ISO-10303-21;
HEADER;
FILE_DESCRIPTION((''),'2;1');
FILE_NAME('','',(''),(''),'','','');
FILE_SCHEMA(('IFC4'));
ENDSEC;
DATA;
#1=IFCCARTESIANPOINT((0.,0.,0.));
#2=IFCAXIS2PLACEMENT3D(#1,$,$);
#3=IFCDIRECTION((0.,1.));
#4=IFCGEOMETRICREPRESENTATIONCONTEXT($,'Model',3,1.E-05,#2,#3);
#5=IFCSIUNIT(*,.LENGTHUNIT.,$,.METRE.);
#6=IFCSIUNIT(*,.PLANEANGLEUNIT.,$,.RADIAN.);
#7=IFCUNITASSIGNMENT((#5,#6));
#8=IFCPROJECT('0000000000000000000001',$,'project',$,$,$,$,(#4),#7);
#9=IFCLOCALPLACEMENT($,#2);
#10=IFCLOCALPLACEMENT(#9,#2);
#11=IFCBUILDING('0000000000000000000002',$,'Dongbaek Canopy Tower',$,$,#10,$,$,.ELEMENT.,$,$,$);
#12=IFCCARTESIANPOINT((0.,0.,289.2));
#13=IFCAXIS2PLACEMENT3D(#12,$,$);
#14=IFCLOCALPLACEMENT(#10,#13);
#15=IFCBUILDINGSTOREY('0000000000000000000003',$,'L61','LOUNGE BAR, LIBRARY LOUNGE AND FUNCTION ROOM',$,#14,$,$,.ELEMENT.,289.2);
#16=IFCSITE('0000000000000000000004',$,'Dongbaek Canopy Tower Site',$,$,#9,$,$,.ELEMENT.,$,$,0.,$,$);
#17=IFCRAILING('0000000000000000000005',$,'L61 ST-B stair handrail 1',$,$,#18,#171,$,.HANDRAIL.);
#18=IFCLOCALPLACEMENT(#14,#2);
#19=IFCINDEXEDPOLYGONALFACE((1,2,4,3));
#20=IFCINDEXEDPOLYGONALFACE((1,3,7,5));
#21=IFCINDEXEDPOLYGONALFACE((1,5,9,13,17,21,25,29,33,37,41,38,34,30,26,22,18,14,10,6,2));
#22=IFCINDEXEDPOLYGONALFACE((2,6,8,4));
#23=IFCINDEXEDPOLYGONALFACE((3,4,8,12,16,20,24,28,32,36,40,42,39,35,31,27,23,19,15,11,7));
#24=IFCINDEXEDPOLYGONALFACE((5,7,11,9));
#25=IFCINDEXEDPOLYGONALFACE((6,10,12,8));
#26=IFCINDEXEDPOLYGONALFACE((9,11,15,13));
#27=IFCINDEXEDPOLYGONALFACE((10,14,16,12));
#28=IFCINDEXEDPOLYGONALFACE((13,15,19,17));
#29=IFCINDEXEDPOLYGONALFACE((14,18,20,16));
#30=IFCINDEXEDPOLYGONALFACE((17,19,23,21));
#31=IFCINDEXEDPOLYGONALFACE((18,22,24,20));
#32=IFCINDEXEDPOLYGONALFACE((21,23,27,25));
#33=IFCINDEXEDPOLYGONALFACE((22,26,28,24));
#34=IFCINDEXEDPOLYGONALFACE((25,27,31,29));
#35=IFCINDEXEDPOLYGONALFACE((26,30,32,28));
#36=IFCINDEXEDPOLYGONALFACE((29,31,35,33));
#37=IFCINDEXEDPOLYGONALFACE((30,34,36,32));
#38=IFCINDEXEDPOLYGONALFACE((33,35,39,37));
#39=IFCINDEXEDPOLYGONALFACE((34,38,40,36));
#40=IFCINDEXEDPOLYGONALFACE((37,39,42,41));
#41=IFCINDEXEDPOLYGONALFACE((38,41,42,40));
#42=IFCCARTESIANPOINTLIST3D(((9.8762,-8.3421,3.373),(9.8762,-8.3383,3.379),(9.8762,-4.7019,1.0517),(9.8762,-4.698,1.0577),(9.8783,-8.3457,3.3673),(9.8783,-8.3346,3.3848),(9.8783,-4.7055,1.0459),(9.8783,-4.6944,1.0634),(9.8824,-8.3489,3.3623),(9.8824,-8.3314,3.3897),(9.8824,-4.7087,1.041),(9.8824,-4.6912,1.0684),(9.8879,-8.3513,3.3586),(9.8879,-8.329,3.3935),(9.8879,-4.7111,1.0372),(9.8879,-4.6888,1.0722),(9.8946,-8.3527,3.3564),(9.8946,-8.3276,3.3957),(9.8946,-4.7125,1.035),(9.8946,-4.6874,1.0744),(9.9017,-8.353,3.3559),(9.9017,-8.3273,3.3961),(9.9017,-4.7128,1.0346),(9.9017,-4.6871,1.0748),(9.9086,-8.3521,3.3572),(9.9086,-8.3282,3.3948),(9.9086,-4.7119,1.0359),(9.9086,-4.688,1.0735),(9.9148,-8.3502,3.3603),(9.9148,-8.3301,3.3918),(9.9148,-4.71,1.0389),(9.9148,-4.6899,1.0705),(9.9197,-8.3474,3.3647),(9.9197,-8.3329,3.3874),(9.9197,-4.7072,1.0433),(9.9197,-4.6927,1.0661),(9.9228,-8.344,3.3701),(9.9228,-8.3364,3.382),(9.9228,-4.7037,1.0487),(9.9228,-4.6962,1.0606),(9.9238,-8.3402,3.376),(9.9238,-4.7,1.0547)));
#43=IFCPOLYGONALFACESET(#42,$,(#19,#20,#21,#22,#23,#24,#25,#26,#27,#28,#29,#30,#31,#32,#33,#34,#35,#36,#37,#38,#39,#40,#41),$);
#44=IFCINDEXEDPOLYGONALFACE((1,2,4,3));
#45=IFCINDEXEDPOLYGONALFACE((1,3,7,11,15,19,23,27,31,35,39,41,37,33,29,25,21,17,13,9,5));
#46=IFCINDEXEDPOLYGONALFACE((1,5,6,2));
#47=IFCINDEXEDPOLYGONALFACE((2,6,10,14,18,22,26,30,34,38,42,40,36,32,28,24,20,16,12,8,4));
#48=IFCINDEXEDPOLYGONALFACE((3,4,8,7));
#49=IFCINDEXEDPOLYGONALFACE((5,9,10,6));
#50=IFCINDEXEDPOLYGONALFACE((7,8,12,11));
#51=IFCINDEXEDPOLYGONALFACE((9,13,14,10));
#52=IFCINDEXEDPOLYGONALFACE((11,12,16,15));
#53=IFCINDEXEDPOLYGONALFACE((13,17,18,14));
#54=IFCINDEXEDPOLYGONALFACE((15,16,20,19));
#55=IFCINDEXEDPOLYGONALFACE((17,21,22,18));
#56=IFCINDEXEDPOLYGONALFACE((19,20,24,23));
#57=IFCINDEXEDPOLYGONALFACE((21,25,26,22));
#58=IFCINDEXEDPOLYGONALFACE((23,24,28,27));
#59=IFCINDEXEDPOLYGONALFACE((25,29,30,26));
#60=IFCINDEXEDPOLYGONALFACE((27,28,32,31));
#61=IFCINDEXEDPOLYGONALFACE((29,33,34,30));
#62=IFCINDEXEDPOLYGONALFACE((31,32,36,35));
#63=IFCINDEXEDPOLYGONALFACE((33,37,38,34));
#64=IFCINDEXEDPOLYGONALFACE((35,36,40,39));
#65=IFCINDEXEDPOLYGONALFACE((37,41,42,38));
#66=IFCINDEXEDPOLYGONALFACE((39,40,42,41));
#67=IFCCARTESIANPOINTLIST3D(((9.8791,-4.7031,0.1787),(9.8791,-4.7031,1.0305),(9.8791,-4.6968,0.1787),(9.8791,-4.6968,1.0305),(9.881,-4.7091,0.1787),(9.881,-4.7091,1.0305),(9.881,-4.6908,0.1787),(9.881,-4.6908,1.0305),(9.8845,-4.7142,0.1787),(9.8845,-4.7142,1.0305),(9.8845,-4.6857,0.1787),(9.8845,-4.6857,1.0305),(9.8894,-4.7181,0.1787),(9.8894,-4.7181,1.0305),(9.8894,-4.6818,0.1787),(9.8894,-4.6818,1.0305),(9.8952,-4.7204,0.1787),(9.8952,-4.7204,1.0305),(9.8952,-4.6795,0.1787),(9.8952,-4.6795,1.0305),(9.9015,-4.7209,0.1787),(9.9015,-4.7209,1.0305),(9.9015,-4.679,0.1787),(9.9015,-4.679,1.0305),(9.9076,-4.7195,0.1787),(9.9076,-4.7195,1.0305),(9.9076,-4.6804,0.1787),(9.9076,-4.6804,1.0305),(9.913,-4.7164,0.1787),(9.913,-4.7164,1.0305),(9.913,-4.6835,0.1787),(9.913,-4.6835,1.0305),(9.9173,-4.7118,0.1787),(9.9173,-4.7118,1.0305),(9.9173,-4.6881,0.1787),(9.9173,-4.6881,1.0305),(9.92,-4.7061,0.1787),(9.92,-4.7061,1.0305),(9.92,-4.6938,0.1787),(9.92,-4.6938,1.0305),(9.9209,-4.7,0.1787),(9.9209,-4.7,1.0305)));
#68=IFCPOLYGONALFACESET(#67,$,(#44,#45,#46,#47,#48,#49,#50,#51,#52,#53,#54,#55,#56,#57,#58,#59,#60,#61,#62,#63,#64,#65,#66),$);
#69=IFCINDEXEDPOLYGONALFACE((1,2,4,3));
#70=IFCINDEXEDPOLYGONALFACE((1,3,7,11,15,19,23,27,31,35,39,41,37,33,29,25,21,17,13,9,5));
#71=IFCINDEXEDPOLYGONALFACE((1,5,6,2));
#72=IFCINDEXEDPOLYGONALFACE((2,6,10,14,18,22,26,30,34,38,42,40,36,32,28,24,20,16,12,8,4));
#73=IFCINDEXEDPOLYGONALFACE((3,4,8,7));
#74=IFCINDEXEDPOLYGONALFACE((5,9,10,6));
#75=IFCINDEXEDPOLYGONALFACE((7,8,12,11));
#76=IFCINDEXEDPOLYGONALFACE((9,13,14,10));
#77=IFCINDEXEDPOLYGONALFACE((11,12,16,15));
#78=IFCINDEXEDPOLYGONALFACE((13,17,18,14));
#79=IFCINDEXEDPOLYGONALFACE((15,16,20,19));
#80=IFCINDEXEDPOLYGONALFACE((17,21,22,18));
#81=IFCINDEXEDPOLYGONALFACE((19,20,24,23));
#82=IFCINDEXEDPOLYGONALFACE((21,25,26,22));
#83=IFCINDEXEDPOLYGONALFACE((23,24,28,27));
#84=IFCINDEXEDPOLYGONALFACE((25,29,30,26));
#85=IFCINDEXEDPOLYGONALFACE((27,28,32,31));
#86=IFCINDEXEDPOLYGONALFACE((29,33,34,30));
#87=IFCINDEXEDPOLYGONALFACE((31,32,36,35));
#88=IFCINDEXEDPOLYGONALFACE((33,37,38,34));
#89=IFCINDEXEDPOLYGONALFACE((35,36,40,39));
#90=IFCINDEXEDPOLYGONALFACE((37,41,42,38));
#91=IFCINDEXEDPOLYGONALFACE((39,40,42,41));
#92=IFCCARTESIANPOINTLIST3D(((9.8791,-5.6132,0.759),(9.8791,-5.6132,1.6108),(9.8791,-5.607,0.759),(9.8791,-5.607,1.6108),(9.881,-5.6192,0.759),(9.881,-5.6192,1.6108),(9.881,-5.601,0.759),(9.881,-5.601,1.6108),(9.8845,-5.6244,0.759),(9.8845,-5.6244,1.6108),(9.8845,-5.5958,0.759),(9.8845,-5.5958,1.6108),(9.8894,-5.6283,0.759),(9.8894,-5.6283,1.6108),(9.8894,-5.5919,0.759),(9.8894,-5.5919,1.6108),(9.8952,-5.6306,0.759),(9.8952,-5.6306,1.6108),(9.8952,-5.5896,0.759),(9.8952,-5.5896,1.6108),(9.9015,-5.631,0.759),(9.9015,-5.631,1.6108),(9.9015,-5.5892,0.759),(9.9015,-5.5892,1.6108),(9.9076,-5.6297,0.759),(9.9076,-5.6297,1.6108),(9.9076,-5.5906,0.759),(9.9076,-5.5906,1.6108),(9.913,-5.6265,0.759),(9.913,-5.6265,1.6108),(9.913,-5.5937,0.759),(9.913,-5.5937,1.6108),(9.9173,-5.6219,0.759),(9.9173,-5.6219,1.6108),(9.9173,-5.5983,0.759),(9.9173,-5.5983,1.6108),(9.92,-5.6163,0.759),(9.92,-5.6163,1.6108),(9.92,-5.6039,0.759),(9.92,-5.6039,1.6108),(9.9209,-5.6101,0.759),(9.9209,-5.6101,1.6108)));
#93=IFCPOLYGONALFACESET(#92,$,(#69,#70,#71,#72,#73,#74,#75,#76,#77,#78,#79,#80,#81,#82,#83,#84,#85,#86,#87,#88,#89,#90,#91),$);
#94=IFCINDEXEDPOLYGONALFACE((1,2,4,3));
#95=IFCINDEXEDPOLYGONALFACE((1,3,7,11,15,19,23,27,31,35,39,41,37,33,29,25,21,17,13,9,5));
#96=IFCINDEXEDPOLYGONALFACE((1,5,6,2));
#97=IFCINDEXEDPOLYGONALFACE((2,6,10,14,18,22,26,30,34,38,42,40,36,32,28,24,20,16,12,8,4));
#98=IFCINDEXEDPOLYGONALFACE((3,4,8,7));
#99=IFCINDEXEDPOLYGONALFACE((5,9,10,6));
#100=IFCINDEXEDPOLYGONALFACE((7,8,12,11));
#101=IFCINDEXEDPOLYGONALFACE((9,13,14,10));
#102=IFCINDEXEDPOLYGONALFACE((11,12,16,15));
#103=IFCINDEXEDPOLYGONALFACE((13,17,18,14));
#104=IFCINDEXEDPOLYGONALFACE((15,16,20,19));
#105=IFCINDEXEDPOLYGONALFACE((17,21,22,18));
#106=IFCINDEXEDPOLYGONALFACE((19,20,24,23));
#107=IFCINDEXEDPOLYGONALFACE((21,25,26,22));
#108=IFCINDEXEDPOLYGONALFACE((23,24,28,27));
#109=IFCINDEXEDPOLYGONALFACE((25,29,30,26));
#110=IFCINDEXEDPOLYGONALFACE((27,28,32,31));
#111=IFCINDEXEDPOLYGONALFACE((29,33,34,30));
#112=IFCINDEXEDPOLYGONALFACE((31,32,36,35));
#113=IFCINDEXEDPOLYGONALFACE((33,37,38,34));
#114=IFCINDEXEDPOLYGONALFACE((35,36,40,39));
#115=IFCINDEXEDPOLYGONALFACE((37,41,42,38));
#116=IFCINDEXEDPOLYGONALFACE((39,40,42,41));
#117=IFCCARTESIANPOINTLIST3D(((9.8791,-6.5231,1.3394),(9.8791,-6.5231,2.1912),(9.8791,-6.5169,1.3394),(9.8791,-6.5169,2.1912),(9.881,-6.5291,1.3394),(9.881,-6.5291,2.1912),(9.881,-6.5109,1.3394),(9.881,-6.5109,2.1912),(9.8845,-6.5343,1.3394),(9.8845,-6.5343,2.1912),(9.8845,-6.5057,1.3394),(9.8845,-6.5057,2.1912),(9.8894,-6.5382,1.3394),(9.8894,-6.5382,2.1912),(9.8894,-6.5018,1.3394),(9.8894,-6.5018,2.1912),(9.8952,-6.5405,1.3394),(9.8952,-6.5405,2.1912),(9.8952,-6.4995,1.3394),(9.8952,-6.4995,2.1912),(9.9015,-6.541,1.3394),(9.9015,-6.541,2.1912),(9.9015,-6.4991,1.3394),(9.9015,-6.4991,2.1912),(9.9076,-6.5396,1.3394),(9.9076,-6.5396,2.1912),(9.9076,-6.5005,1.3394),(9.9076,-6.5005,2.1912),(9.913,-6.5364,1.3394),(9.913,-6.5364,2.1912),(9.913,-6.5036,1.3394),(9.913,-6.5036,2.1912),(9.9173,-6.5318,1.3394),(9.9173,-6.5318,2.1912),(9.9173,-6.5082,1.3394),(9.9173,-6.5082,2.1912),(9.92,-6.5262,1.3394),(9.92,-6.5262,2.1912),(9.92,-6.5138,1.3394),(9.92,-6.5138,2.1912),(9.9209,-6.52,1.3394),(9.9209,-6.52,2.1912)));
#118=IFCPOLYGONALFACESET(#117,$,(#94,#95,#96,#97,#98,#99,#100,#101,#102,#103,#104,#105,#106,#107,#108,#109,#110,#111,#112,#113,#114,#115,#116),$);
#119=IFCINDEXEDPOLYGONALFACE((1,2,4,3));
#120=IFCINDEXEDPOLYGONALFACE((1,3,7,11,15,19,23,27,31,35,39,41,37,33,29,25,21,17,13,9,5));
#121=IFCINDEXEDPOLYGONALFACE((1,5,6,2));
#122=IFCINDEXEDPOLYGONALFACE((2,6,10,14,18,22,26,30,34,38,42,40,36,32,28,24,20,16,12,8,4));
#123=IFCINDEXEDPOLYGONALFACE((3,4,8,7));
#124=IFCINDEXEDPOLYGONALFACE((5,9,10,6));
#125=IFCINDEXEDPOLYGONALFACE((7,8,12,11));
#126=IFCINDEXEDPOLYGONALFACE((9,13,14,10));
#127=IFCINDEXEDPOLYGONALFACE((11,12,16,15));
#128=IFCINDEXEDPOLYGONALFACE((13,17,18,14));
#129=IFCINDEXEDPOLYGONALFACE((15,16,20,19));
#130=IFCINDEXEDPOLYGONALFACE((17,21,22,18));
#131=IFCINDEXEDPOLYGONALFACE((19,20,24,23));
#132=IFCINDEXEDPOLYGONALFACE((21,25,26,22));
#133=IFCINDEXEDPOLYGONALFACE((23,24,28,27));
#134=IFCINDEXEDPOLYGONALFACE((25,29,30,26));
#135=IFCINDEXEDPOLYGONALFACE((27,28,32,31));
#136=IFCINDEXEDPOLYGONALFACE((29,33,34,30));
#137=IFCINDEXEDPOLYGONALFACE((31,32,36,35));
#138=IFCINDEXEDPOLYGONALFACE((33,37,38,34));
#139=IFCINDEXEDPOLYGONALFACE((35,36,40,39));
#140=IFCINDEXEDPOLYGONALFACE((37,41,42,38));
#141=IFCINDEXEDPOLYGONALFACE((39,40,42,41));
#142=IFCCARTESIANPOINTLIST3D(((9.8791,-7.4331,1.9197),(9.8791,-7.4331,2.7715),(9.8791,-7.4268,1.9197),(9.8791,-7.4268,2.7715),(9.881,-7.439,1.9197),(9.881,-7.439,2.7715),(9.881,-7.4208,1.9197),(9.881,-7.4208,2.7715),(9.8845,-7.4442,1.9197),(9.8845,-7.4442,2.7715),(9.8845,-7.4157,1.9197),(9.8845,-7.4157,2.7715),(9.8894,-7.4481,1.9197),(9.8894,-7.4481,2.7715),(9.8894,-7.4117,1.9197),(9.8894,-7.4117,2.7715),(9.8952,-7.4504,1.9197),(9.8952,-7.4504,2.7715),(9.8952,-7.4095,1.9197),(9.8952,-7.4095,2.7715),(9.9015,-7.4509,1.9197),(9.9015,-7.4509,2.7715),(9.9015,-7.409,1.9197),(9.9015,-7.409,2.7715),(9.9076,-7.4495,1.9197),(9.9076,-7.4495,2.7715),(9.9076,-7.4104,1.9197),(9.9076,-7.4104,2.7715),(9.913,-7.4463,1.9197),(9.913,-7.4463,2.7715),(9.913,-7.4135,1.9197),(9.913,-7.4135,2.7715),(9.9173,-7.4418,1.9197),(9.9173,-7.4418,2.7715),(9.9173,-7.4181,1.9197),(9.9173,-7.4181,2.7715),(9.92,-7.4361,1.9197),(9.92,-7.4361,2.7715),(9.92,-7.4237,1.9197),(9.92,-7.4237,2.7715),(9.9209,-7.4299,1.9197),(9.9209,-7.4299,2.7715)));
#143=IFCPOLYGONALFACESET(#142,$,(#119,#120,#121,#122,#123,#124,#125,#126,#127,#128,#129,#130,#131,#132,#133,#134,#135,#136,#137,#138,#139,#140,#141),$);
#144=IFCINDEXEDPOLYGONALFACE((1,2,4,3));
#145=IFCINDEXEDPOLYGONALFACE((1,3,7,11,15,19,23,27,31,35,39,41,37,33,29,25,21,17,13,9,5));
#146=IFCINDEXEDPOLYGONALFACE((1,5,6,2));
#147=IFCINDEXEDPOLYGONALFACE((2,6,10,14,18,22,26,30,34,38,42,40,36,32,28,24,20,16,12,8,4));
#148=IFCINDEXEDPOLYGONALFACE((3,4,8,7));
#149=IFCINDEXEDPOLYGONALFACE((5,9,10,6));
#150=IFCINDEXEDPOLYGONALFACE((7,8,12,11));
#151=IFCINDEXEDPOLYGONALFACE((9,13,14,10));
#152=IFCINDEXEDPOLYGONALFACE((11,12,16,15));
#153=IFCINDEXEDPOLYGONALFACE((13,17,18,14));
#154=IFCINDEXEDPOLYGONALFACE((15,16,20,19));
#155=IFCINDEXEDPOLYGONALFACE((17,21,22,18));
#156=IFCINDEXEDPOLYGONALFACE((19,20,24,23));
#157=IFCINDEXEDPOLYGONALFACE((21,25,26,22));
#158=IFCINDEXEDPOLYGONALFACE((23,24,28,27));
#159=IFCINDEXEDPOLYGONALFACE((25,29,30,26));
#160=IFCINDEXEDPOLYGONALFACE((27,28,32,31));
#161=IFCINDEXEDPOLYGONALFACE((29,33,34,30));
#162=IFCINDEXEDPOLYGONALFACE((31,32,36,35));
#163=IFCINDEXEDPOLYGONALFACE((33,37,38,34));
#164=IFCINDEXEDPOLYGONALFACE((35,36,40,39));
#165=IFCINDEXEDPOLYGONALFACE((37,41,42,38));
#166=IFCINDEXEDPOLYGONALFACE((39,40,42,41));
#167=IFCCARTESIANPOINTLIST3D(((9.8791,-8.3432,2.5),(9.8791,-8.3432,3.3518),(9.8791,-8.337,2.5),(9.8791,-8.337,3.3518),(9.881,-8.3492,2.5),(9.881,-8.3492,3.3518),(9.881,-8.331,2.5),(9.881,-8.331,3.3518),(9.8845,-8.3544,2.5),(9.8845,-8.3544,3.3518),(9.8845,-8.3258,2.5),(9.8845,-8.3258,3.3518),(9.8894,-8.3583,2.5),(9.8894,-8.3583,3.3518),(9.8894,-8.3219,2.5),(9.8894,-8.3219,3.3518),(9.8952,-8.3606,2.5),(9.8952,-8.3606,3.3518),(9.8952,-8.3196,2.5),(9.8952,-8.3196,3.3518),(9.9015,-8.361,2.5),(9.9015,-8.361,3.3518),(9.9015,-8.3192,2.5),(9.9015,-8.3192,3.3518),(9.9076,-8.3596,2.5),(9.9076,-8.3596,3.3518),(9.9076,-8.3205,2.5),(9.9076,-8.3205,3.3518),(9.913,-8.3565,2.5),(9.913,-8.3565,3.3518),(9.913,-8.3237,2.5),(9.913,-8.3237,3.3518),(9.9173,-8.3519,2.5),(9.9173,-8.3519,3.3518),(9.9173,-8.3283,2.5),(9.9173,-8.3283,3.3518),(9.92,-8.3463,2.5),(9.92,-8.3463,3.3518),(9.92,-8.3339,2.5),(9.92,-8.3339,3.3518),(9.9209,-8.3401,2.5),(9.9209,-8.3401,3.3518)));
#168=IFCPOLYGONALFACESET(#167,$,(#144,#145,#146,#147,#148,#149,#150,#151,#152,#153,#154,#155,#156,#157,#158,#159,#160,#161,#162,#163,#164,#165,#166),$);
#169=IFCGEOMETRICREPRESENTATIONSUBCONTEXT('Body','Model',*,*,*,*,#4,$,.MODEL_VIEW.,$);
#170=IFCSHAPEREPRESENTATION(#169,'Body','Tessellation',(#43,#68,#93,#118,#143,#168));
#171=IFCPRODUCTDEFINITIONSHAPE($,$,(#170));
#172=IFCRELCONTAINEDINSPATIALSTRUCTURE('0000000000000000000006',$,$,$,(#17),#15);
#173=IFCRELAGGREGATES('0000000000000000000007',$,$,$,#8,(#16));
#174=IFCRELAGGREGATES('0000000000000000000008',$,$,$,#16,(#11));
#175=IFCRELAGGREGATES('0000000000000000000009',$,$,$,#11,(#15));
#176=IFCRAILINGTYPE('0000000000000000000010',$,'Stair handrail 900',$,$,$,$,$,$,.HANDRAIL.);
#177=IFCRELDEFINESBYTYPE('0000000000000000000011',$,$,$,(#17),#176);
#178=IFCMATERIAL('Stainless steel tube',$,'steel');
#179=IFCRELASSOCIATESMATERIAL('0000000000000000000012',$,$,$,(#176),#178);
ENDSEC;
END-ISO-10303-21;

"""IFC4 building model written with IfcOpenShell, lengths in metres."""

from ifc_helpers import new_model, si_unit, direction, frame, origin, origin_2d, place, context, subcontext, project, spatial, circle, extrude, material, type_object, element, save


model = new_model("IFC4")

# Units and contexts
model_context = context("Model", 3, precision=1e-05, world=origin(), true_north=direction((0.0, 1.0)))
body_context = subcontext(model_context, "Body", "Model", "MODEL_VIEW")
ifc_project = project(units=[si_unit("LENGTHUNIT", "METRE"), si_unit("PLANEANGLEUNIT", "RADIAN")], contexts=[model_context])

# Site, building, storey
site_placement = place(None, origin())
site = spatial("IfcSite", under=ifc_project, at=site_placement, Name="Dongbaek Canopy Tower Site", CompositionType="ELEMENT", RefElevation=0.0)
building_placement = place(site_placement, origin())
building = spatial("IfcBuilding", under=site, at=building_placement, Name="Dongbaek Canopy Tower", CompositionType="ELEMENT")
storey_placement = place(building_placement, frame((0.0, 0.0, 289.2)))
storey = spatial("IfcBuildingStorey", under=building, at=storey_placement, Name="L61", Description="LOUNGE BAR, LIBRARY LOUNGE AND FUNCTION ROOM", CompositionType="ELEMENT", Elevation=289.2)

# Railing
ifc_material_1 = material(Name="Stainless steel tube", Category="steel")
railing_type_1 = type_object("IfcRailingType", Name="Stair handrail 900", PredefinedType="HANDRAIL", material=ifc_material_1)
railing_1_placement = place(storey_placement, frame((9.8999, -4.7, 0.1787)))
element("IfcRailing", 1, at=railing_1_placement, inside=storey, type_object=railing_type_1, Name="L61 ST-B stair handrail 1", PredefinedType="HANDRAIL", context=body_context, shape_type="SweptSolid", body=[
    extrude(circle(Radius=0.0239, at=origin_2d()), frame((0.0, 0.0, 0.876), z_axis=(0.0, -0.843153, 0.537673), x_axis=(1.0, 0.0, 0.0)), (0.0, 0.0, 1.0), 4.3174),
    extrude(circle(Radius=0.021, at=origin_2d()), origin(), (0.0, 0.0, 1.0), 0.8518),
    extrude(circle(Radius=0.021, at=origin_2d()), frame((0.0, -0.9102, 0.5803)), (0.0, 0.0, 1.0), 0.8518),
    extrude(circle(Radius=0.021, at=origin_2d()), frame((0.0, -1.8201, 1.1606)), (0.0, 0.0, 1.0), 0.8518),
    extrude(circle(Radius=0.021, at=origin_2d()), frame((0.0, -2.73, 1.741)), (0.0, 0.0, 1.0), 0.8518),
    extrude(circle(Radius=0.021, at=origin_2d()), frame((0.0, -3.6401, 2.3213)), (0.0, 0.0, 1.0), 0.8518),
])

save(model, "model.ifc")
